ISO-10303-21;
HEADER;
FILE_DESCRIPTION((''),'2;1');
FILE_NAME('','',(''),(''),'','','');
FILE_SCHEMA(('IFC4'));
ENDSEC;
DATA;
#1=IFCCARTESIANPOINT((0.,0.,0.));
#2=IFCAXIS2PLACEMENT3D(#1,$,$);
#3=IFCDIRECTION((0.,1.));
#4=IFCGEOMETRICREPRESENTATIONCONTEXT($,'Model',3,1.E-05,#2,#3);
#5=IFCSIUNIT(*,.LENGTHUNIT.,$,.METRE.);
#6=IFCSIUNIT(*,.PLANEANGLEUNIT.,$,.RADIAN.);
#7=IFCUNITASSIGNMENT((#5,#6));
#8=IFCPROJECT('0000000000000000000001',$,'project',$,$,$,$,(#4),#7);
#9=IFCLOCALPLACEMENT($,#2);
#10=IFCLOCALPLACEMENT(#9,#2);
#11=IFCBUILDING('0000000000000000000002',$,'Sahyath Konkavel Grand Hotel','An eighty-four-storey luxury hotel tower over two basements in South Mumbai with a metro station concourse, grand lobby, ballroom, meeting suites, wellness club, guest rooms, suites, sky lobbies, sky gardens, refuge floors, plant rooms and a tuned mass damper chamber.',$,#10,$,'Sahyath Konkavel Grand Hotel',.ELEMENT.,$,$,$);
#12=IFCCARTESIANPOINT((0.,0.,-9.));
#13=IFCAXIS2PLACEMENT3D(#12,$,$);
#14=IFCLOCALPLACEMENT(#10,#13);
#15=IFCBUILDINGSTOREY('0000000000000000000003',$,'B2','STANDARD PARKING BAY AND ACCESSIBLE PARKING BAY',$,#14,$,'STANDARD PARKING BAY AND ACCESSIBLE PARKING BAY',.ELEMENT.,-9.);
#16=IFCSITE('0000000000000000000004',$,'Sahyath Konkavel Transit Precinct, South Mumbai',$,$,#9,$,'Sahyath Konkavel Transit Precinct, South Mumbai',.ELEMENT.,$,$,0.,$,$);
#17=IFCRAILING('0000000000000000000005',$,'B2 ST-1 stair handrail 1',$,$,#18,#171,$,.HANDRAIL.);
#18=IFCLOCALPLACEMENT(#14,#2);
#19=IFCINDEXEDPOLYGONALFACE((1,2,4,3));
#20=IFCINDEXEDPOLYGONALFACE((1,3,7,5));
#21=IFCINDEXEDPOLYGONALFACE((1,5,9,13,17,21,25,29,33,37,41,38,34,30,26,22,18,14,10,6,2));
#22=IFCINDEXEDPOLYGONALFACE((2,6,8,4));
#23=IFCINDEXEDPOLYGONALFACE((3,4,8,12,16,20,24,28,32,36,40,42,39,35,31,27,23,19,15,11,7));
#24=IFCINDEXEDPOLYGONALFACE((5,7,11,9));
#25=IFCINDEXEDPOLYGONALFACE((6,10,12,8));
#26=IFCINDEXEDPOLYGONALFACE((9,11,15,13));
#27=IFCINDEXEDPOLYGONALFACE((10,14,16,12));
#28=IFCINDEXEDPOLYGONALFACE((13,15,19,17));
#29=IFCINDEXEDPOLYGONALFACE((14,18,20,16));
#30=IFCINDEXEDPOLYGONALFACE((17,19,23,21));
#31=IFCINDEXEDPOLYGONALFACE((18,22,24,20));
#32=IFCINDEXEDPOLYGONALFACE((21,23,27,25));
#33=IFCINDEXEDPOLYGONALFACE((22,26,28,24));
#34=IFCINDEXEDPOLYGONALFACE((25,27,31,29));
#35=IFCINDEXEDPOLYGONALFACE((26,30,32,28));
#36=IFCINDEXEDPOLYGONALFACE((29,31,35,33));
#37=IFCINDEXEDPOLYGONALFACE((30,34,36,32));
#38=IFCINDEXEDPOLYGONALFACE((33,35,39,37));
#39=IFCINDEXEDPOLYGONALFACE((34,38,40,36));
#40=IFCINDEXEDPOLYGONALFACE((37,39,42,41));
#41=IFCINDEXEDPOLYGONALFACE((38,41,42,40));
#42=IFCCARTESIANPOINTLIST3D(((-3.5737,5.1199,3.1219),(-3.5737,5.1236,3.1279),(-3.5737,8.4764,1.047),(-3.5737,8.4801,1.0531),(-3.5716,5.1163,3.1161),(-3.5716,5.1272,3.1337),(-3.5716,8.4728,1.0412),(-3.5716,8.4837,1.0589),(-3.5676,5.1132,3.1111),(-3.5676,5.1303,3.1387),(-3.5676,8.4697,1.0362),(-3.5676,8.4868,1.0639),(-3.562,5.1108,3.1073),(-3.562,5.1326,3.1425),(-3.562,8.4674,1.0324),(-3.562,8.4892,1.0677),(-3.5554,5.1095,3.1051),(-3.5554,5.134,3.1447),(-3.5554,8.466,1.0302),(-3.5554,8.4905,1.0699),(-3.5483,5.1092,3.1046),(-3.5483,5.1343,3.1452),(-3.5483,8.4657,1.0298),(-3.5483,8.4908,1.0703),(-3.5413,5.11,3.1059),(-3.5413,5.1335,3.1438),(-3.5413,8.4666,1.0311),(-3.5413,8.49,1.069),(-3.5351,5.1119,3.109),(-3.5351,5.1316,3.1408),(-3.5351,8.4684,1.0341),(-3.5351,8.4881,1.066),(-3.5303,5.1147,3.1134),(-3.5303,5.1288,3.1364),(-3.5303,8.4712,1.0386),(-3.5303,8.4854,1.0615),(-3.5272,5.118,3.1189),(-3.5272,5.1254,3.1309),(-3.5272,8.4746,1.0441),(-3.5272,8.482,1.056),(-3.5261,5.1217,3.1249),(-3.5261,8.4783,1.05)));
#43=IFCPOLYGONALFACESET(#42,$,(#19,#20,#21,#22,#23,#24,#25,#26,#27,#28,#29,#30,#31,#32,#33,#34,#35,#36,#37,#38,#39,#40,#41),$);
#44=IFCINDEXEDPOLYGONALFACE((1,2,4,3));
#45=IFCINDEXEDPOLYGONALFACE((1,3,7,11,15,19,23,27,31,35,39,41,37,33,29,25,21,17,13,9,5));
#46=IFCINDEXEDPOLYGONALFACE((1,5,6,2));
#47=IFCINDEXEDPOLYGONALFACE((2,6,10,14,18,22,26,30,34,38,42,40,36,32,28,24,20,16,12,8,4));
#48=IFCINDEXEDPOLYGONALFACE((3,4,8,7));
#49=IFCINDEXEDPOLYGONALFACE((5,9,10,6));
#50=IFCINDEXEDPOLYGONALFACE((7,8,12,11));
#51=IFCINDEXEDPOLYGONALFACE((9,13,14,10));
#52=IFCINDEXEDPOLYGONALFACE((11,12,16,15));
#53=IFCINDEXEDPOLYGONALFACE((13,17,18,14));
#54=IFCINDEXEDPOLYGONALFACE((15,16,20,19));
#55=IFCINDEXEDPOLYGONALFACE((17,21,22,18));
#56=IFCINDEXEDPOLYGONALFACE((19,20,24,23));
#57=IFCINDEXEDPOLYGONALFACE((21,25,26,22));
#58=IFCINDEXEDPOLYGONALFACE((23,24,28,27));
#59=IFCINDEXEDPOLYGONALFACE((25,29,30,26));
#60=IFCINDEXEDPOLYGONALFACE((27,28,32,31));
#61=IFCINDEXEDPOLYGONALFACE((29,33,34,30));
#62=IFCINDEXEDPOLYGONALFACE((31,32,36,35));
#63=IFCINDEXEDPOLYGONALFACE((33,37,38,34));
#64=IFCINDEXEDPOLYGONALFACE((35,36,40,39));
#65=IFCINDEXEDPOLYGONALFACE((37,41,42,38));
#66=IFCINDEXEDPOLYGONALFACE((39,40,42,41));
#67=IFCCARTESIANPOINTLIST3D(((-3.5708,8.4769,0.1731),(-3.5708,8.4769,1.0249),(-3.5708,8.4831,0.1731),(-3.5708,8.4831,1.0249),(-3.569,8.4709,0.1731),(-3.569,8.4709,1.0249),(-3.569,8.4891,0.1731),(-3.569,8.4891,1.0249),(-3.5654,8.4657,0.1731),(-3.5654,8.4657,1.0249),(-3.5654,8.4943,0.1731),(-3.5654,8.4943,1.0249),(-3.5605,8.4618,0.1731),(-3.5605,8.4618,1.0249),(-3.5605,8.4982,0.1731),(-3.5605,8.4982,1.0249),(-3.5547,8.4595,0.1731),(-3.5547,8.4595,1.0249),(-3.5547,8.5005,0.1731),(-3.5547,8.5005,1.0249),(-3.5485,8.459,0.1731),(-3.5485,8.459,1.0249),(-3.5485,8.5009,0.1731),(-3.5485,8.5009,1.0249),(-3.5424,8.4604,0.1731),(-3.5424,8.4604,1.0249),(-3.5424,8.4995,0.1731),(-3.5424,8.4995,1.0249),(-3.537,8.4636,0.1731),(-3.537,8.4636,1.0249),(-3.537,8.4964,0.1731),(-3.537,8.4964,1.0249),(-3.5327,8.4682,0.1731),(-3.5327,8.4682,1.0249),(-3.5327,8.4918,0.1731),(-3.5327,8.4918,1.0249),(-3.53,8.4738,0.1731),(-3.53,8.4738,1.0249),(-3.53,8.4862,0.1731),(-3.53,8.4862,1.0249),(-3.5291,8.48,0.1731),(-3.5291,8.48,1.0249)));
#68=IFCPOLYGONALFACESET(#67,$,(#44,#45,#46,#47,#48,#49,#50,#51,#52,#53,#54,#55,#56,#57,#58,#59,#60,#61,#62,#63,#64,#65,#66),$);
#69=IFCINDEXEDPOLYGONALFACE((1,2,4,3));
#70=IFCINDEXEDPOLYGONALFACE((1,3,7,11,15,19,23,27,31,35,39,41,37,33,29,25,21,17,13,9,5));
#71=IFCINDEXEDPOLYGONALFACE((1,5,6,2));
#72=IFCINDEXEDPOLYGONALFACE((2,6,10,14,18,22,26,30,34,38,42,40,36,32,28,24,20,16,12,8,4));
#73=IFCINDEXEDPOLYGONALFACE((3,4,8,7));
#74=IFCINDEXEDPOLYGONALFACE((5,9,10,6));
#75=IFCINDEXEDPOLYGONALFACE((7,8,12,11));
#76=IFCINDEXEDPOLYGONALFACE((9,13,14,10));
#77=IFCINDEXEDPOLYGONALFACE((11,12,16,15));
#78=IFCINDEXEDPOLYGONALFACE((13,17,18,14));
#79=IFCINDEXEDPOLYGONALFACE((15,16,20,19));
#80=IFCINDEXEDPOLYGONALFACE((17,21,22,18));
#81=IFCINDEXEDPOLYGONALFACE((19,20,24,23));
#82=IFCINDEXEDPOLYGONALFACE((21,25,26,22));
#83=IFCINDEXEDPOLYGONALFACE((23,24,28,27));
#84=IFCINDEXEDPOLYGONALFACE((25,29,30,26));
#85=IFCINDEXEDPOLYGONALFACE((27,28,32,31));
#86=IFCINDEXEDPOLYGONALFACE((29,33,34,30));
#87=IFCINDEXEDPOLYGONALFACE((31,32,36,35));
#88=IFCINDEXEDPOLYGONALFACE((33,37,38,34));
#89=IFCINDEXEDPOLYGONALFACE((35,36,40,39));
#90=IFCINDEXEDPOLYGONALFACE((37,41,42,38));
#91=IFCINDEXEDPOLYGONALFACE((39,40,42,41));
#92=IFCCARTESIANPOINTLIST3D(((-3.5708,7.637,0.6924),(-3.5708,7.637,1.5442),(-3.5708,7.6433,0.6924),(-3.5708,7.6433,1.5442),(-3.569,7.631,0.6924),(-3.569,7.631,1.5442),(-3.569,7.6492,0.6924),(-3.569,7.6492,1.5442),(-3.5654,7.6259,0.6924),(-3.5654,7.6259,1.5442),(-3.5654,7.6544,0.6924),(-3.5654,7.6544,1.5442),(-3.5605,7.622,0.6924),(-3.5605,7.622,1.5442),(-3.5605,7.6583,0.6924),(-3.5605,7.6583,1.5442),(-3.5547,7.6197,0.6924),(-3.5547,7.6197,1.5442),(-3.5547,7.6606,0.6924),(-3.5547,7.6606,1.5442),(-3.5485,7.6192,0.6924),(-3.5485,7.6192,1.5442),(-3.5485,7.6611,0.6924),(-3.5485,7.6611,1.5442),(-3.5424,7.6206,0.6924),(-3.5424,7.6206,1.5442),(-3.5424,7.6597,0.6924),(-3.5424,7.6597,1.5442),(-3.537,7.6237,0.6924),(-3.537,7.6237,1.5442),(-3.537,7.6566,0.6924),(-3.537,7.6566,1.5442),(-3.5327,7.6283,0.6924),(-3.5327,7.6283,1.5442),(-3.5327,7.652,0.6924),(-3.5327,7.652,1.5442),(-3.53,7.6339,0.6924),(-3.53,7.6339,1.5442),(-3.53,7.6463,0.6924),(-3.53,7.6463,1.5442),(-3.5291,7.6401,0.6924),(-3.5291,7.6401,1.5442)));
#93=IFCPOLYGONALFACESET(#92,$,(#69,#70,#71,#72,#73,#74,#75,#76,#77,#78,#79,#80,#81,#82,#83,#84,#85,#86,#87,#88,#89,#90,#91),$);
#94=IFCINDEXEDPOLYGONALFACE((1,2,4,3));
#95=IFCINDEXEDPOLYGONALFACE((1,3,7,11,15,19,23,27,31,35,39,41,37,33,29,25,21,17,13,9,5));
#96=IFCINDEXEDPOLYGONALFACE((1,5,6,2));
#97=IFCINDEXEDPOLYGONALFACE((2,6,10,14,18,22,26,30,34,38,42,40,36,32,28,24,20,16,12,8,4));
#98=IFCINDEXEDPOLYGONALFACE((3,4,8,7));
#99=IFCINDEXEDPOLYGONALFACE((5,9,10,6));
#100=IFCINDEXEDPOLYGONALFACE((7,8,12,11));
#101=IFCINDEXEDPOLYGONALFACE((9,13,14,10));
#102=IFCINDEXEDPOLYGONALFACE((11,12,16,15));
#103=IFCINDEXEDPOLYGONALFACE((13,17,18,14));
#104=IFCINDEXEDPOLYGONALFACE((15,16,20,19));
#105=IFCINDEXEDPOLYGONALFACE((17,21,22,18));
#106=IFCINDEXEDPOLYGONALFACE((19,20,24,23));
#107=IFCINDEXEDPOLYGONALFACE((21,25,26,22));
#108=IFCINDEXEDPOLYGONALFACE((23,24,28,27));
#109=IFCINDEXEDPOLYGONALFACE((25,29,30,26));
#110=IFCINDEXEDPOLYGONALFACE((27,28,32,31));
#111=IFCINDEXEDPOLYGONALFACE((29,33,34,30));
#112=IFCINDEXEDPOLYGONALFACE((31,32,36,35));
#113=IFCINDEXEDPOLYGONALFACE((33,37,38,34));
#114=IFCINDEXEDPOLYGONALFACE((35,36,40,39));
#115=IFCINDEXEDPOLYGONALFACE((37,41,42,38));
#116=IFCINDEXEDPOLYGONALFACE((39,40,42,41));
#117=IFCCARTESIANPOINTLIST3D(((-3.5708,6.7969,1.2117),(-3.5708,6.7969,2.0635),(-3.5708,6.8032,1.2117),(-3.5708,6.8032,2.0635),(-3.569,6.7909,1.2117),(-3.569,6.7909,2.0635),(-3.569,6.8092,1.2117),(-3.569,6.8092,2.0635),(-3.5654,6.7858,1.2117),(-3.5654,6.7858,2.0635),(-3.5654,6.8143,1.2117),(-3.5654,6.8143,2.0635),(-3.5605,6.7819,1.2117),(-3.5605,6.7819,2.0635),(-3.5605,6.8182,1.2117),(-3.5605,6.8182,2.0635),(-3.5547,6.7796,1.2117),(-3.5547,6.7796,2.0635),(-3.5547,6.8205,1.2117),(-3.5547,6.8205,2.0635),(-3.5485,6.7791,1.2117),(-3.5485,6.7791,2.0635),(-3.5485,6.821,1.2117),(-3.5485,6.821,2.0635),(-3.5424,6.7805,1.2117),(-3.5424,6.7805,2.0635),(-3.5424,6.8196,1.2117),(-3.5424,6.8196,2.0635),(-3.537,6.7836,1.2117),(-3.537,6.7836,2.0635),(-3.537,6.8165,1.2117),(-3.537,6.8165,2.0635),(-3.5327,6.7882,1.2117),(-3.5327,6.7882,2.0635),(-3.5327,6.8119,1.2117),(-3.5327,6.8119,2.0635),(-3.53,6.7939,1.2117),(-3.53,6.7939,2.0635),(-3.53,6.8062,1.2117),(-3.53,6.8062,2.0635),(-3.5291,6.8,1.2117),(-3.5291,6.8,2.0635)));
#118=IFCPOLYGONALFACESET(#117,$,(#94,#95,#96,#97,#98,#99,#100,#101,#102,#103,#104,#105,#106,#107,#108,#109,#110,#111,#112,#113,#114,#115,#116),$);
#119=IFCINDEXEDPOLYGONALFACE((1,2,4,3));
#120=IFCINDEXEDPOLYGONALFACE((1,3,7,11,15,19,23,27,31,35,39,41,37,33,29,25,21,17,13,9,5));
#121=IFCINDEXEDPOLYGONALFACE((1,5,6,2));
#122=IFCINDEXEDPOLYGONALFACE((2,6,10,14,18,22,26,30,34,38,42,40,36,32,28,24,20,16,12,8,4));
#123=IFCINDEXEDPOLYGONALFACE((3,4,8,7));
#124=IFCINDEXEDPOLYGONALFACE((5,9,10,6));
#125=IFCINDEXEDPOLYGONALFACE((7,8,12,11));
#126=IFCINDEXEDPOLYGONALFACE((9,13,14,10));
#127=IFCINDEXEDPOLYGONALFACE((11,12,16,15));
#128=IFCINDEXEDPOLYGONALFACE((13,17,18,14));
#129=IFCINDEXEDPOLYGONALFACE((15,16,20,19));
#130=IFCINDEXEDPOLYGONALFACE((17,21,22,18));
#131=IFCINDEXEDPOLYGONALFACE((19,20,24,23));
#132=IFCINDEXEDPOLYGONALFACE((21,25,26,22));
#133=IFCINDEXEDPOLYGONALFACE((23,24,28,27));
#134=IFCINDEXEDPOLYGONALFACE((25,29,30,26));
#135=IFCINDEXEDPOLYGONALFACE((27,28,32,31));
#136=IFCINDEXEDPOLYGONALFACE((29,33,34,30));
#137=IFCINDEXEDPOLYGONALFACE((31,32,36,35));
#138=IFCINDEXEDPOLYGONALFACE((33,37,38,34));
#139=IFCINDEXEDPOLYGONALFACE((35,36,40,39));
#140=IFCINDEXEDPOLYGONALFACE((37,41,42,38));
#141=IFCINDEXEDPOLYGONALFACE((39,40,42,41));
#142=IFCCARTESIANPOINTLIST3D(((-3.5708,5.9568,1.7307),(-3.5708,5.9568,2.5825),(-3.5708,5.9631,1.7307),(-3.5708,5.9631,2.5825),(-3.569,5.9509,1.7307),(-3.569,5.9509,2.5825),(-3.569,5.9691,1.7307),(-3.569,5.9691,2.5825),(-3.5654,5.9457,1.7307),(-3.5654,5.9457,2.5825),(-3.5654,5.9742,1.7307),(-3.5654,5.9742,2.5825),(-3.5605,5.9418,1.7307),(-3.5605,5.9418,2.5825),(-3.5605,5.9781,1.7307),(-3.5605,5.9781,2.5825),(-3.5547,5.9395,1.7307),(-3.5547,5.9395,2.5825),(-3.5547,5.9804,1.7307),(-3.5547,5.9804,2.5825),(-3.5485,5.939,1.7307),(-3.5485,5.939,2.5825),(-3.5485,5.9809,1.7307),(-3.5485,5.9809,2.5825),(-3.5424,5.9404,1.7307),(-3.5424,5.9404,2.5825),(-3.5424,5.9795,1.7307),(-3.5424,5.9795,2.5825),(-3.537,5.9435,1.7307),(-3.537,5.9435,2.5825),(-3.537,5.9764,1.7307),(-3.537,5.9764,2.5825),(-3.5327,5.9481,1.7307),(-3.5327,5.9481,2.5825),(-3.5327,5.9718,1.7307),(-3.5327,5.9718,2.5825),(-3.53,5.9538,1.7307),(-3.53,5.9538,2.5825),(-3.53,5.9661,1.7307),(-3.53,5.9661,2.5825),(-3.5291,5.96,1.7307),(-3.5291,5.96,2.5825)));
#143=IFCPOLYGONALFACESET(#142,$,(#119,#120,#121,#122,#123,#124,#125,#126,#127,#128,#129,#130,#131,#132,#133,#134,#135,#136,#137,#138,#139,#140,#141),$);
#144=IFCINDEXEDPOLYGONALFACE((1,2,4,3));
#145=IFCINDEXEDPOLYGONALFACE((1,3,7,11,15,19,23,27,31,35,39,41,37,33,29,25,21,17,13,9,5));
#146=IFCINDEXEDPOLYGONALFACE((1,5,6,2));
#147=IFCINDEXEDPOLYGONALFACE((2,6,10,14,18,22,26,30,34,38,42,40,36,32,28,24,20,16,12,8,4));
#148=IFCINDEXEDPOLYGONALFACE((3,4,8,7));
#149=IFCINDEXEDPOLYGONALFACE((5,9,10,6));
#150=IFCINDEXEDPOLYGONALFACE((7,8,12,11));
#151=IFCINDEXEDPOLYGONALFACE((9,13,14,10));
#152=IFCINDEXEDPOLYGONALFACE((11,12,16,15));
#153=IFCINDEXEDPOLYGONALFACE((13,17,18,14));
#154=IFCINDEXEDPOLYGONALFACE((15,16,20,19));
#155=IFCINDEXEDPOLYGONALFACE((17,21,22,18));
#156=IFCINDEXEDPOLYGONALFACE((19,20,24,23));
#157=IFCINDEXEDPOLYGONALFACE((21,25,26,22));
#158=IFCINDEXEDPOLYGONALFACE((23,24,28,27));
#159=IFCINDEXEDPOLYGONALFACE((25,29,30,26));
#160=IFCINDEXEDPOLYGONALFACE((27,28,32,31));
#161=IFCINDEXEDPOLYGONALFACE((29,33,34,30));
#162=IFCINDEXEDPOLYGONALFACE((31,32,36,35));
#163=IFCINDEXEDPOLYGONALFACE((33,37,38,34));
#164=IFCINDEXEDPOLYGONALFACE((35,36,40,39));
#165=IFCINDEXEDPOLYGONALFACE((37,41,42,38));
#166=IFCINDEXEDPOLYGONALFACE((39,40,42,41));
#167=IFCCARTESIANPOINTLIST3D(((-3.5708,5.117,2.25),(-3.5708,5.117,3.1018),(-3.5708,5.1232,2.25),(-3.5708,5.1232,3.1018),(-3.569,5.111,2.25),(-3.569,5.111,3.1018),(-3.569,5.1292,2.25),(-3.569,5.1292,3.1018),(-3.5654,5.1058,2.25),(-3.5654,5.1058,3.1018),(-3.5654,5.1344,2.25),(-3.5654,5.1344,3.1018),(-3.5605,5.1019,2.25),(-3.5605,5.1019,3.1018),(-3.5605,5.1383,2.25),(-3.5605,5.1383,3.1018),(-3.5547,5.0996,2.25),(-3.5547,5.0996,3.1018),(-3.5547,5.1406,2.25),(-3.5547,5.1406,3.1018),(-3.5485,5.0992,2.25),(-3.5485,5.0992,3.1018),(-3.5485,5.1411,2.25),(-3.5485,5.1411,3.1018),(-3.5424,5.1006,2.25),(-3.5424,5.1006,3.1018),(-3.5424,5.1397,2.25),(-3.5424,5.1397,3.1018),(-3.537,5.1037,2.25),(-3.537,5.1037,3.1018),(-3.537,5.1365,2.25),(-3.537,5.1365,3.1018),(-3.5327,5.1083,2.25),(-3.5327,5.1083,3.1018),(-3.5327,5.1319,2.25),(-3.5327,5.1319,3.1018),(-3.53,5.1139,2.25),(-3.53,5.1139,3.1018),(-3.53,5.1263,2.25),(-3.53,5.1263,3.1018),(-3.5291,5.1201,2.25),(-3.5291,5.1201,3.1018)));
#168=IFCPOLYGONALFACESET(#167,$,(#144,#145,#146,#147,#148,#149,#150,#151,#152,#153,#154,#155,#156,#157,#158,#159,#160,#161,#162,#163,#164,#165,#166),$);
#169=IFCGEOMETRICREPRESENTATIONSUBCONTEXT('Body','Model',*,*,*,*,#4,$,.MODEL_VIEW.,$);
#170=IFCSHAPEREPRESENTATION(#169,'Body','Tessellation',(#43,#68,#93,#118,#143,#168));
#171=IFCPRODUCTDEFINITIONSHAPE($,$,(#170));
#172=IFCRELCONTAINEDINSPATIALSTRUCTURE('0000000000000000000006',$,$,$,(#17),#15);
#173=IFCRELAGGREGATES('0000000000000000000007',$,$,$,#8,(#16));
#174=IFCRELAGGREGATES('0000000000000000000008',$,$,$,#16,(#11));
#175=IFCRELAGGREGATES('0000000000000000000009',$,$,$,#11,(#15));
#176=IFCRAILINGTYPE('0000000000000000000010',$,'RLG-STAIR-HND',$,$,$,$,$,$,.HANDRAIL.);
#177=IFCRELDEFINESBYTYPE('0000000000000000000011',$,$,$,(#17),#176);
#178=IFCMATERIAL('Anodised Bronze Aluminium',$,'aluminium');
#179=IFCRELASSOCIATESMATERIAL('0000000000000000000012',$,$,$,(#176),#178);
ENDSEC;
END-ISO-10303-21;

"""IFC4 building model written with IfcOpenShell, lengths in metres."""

from ifc_helpers import new_model, si_unit, direction, frame, origin, origin_2d, place, context, subcontext, project, spatial, circle, extrude, material, type_object, element, save


model = new_model("IFC4")

# Units and contexts
model_context = context("Model", 3, precision=1e-05, world=origin(), true_north=direction((0.0, 1.0)))
body_context = subcontext(model_context, "Body", "Model", "MODEL_VIEW")
ifc_project = project(units=[si_unit("LENGTHUNIT", "METRE"), si_unit("PLANEANGLEUNIT", "RADIAN")], contexts=[model_context])

# Site, building, storey
site_placement = place(None, origin())
site = spatial("IfcSite", under=ifc_project, at=site_placement, Name="Sahyath Konkavel Transit Precinct, South Mumbai", LongName="Sahyath Konkavel Transit Precinct, South Mumbai", CompositionType="ELEMENT", RefElevation=0.0)
building_placement = place(site_placement, origin())
building = spatial("IfcBuilding", under=site, at=building_placement, Name="Sahyath Konkavel Grand Hotel", Description="An eighty-four-storey luxury hotel tower over two basements in South Mumbai with a metro station concourse, grand lobby, ballroom, meeting suites, wellness club, guest rooms, suites, sky lobbies, sky gardens, refuge floors, plant rooms and a tuned mass damper chamber.", LongName="Sahyath Konkavel Grand Hotel", CompositionType="ELEMENT")
storey_placement = place(building_placement, frame((0.0, 0.0, -9.0)))
storey = spatial("IfcBuildingStorey", under=building, at=storey_placement, Name="B2", Description="STANDARD PARKING BAY AND ACCESSIBLE PARKING BAY", LongName="STANDARD PARKING BAY AND ACCESSIBLE PARKING BAY", CompositionType="ELEMENT", Elevation=-9.0)

# Railing
ifc_material_1 = material(Name="Anodised Bronze Aluminium", Category="aluminium")
railing_type_1 = type_object("IfcRailingType", Name="RLG-STAIR-HND", PredefinedType="HANDRAIL", material=ifc_material_1)
railing_1_placement = place(storey_placement, frame((-3.55, 8.48, 0.1731)))
element("IfcRailing", 1, at=railing_1_placement, inside=storey, type_object=railing_type_1, Name="B2 ST-1 stair handrail 1", PredefinedType="HANDRAIL", context=body_context, shape_type="SweptSolid", body=[
    extrude(circle(Radius=0.0239, at=origin_2d()), frame((0.0, -0.0017, 0.877), z_axis=(0.0, -0.850606, 0.525803), x_axis=(1.0, 0.0, 0.0)), (0.0, 0.0, 1.0), 3.946),
    extrude(circle(Radius=0.021, at=origin_2d()), origin(), (0.0, 0.0, 1.0), 0.8518),
    extrude(circle(Radius=0.021, at=origin_2d()), frame((0.0, -0.8398, 0.5193)), (0.0, 0.0, 1.0), 0.8518),
    extrude(circle(Radius=0.021, at=origin_2d()), frame((0.0, -1.6799, 1.0386)), (0.0, 0.0, 1.0), 0.8518),
    extrude(circle(Radius=0.021, at=origin_2d()), frame((0.0, -2.52, 1.5576)), (0.0, 0.0, 1.0), 0.8518),
    extrude(circle(Radius=0.021, at=origin_2d()), frame((0.0, -3.3599, 2.0769)), (0.0, 0.0, 1.0), 0.8518),
])

save(model, "model.ifc")
